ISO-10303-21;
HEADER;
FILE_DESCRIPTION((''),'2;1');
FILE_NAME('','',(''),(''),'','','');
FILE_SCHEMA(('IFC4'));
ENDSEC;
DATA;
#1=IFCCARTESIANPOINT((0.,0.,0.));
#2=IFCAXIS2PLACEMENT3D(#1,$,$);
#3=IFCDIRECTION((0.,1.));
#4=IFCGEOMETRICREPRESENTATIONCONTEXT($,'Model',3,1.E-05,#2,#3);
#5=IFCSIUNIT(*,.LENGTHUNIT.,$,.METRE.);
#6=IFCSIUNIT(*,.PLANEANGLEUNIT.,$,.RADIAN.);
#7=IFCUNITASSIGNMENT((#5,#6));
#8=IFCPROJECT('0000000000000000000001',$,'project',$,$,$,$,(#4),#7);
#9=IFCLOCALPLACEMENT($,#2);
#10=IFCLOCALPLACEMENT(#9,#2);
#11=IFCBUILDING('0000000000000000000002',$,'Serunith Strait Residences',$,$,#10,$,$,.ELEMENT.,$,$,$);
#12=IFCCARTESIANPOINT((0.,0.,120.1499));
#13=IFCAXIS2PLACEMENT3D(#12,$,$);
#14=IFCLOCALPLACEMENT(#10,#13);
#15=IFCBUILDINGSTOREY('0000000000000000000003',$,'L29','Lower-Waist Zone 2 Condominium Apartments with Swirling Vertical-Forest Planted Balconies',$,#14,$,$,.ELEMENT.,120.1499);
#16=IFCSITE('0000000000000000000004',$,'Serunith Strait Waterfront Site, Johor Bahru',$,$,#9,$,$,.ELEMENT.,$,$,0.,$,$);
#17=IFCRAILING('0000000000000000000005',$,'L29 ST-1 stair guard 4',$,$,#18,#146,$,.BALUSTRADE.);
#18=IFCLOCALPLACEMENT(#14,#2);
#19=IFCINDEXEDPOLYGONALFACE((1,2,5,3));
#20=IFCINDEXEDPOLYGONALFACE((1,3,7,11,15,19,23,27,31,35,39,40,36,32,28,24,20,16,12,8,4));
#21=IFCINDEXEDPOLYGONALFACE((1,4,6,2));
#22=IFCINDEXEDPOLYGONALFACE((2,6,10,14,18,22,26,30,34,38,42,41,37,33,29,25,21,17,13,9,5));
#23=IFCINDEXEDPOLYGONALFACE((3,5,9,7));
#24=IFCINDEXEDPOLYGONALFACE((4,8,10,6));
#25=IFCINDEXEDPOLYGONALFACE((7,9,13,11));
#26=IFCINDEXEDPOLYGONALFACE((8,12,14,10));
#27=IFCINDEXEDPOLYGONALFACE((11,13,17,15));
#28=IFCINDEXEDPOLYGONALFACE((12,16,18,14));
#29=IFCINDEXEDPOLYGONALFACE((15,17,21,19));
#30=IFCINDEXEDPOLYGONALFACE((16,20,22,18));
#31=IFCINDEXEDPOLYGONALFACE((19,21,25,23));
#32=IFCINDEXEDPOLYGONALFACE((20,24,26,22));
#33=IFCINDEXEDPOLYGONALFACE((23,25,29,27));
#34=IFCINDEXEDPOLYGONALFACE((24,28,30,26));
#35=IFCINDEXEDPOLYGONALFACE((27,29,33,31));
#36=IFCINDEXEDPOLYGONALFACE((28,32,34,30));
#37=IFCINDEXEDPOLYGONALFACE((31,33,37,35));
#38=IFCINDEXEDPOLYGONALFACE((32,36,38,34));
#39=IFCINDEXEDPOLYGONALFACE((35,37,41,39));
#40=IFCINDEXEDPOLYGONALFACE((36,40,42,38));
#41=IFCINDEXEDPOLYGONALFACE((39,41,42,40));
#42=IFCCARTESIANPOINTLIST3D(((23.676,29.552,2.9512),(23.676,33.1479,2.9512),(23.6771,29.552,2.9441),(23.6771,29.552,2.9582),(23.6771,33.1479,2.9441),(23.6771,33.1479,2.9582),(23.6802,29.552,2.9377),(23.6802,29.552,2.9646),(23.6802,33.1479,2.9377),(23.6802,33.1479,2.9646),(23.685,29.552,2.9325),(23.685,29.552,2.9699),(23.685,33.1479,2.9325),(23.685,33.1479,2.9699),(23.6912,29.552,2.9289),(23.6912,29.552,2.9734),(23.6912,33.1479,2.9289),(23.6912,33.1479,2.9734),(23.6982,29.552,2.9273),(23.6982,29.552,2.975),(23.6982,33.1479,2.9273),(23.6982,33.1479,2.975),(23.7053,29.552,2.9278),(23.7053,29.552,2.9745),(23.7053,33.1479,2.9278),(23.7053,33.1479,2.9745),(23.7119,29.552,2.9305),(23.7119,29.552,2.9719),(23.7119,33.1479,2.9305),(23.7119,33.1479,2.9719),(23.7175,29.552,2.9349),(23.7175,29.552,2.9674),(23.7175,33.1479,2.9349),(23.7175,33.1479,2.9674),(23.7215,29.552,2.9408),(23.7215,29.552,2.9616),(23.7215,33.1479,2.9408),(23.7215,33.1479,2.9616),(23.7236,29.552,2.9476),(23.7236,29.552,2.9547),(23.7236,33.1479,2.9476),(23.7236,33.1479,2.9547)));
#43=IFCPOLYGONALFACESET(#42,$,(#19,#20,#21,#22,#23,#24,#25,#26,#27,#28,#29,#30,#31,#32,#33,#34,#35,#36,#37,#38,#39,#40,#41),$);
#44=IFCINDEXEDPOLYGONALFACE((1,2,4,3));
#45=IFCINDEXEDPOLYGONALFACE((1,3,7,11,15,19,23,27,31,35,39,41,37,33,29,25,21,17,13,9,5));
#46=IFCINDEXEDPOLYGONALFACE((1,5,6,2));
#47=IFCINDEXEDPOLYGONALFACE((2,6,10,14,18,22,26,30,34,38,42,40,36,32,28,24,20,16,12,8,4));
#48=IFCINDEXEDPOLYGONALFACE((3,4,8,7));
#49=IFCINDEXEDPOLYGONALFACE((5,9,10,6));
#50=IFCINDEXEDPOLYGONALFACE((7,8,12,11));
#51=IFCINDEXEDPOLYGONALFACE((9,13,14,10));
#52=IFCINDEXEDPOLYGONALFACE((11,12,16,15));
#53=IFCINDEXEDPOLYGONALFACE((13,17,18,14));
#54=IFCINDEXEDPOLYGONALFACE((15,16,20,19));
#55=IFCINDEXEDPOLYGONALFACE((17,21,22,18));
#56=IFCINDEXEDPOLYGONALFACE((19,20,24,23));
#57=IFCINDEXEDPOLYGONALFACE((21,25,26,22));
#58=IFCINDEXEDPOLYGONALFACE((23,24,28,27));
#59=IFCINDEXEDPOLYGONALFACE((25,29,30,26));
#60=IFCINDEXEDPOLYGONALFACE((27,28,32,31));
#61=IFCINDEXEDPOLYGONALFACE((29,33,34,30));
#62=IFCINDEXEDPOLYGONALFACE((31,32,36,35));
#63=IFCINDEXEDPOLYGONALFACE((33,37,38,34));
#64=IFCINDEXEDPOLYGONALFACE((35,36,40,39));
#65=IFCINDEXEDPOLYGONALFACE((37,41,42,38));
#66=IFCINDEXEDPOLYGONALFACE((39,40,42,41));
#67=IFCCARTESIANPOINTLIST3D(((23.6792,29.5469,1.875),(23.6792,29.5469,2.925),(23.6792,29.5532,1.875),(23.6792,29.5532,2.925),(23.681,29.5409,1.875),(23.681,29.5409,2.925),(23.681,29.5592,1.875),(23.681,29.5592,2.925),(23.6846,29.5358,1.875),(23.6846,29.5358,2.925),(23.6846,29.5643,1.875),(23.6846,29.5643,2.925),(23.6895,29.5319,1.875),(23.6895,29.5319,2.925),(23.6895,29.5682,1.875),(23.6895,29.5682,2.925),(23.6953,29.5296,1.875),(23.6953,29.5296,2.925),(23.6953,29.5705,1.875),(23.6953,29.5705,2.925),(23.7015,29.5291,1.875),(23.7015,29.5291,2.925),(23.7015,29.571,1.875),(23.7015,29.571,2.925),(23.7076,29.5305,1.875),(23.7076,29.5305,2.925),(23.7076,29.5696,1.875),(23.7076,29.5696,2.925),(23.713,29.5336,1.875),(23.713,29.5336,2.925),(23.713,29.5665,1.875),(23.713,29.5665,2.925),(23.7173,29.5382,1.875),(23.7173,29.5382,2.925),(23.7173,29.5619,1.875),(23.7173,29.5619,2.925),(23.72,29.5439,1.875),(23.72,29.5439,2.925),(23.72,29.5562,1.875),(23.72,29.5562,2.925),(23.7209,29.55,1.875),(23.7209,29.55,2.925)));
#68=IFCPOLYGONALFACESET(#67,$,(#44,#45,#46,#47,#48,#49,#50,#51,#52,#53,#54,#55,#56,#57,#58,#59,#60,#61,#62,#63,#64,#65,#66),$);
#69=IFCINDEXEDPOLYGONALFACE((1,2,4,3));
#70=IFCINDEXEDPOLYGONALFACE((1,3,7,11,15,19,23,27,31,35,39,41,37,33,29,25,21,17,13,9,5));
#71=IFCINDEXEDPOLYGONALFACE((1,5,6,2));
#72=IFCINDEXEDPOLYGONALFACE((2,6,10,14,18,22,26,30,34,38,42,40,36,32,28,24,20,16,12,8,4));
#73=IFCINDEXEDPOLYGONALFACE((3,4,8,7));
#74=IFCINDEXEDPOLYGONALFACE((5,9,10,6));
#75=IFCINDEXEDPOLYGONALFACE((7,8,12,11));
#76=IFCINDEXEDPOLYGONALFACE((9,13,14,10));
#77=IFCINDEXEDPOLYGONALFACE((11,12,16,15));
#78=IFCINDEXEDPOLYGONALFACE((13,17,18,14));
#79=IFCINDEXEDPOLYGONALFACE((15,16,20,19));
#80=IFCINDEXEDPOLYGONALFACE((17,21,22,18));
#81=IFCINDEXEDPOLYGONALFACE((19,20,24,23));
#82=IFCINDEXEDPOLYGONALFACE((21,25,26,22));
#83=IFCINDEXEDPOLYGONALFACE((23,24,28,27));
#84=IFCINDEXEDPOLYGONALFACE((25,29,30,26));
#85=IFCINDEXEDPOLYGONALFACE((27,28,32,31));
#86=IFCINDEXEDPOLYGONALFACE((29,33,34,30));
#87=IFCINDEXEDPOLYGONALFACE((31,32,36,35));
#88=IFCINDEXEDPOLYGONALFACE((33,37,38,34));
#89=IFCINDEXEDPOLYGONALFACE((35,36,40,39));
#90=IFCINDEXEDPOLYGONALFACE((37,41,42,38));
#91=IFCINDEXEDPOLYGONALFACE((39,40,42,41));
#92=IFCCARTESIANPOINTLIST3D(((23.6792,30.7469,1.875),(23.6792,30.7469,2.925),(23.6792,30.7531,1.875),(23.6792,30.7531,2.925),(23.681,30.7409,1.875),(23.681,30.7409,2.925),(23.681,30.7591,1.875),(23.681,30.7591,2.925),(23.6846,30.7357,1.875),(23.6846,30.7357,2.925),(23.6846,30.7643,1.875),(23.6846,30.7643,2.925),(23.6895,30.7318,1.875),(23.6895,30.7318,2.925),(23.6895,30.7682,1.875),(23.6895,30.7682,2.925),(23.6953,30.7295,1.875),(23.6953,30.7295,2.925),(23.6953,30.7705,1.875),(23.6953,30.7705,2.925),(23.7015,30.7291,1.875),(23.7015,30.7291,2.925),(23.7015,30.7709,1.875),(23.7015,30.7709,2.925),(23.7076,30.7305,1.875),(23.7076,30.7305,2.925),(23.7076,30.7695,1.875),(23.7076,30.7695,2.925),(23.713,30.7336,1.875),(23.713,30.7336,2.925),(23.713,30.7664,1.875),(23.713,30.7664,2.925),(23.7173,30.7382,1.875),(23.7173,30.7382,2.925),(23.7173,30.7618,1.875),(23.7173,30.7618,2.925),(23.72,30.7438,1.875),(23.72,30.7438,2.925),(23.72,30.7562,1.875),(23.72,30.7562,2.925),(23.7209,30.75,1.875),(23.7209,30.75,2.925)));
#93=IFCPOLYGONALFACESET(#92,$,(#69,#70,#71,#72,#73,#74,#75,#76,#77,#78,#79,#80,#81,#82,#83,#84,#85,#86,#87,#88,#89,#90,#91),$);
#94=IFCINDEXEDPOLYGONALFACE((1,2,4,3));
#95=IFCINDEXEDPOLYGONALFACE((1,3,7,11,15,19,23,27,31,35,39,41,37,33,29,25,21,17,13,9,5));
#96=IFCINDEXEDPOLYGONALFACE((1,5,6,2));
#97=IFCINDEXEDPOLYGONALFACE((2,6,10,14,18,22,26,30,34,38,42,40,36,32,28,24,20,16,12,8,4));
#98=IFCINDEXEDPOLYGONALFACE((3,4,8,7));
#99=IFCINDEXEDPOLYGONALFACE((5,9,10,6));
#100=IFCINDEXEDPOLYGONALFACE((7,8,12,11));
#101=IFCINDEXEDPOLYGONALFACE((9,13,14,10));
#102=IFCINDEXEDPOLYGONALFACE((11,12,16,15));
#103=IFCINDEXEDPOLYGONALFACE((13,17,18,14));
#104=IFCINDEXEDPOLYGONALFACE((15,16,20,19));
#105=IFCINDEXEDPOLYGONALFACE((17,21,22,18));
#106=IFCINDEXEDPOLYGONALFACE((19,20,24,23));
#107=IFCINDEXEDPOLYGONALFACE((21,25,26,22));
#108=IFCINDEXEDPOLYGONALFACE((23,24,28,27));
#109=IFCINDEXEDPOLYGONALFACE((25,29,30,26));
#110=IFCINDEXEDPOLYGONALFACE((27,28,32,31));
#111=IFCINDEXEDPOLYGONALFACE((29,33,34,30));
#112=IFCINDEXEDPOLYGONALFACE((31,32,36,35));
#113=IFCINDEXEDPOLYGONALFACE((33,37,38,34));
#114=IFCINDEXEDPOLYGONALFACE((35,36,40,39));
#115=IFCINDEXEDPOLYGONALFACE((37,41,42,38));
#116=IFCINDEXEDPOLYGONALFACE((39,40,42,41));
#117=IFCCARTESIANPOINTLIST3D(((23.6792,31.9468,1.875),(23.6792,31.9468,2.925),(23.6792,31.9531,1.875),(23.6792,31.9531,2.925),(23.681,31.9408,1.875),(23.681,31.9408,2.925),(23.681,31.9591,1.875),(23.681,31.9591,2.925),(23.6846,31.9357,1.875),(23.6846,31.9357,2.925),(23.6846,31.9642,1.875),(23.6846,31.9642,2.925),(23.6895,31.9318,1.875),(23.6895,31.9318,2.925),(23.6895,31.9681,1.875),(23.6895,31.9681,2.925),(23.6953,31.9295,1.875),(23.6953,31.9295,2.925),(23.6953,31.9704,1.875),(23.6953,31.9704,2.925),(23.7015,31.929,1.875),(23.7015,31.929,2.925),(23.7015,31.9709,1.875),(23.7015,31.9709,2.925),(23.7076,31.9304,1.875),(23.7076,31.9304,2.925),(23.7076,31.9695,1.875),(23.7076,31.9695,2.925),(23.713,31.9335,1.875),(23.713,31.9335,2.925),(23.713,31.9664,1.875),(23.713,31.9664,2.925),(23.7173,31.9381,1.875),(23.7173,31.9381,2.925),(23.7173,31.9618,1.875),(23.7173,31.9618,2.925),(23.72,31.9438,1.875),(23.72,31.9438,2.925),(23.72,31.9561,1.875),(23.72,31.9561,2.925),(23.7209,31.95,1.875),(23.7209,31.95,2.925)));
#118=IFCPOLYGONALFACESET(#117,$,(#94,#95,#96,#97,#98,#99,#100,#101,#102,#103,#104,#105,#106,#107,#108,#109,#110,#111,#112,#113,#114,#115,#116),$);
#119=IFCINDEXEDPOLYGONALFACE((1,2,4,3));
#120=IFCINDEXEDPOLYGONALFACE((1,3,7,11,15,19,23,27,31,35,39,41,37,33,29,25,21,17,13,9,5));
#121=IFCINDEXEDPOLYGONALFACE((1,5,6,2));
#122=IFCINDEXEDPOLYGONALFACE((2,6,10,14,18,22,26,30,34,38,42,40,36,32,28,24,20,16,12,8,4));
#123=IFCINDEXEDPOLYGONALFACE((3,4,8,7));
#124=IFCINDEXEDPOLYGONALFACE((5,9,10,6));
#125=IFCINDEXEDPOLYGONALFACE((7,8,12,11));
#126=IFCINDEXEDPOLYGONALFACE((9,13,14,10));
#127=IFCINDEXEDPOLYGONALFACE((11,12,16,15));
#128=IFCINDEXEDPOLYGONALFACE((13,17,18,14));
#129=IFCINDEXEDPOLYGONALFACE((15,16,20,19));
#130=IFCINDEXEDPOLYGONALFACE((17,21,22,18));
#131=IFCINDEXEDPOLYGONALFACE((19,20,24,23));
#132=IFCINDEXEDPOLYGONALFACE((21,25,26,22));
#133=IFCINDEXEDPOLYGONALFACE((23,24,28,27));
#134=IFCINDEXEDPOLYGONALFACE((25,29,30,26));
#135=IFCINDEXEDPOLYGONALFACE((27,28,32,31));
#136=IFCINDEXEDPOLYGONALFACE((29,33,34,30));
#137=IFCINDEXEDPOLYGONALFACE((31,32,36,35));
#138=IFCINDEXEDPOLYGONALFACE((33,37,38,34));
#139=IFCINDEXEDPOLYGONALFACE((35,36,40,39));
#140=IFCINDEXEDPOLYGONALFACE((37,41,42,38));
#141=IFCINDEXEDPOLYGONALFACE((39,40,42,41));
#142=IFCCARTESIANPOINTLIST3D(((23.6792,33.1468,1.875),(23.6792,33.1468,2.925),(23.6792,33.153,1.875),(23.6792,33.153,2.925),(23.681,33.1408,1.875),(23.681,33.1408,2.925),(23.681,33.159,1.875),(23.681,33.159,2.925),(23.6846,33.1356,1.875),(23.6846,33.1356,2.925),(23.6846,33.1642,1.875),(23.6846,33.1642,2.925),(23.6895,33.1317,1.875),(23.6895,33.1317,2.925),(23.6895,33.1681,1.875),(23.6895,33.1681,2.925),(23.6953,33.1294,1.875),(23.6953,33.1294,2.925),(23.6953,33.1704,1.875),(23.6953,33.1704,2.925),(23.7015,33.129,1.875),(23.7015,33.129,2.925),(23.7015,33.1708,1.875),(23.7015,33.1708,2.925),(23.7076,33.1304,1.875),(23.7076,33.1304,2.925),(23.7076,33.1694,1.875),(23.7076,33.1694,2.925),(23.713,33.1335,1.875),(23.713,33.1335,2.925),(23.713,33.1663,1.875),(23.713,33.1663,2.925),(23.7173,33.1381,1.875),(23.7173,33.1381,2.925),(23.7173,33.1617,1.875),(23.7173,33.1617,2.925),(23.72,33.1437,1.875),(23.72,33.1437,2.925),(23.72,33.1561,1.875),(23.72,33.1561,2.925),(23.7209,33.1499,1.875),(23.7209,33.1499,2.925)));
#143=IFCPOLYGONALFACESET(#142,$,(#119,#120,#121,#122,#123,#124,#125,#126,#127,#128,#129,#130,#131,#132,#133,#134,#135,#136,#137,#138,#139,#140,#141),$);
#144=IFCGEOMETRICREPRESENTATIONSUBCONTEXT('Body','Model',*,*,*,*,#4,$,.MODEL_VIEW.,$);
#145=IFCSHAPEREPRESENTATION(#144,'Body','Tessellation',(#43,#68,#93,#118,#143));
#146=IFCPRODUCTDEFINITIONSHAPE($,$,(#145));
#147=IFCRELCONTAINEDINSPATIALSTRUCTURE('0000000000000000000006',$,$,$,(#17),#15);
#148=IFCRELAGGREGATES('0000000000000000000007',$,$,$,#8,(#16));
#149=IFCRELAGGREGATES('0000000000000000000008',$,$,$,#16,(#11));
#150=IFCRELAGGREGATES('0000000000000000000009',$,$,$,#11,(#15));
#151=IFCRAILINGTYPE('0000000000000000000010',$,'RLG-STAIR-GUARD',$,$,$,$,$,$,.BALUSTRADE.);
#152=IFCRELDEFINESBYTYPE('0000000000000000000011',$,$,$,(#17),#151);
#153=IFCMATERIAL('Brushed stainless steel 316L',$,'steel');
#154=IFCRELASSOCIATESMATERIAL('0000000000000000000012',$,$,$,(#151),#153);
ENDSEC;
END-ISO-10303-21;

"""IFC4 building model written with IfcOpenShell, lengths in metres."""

from ifc_helpers import new_model, si_unit, direction, frame, origin, origin_2d, place, context, subcontext, project, spatial, circle, extrude, material, type_object, element, save


model = new_model("IFC4")

# Units and contexts
model_context = context("Model", 3, precision=1e-05, world=origin(), true_north=direction((0.0, 1.0)))
body_context = subcontext(model_context, "Body", "Model", "MODEL_VIEW")
ifc_project = project(units=[si_unit("LENGTHUNIT", "METRE"), si_unit("PLANEANGLEUNIT", "RADIAN")], contexts=[model_context])

# Site, building, storey
site_placement = place(None, origin())
site = spatial("IfcSite", under=ifc_project, at=site_placement, Name="Serunith Strait Waterfront Site, Johor Bahru", CompositionType="ELEMENT", RefElevation=0.0)
building_placement = place(site_placement, origin())
building = spatial("IfcBuilding", under=site, at=building_placement, Name="Serunith Strait Residences", CompositionType="ELEMENT")
storey_placement = place(building_placement, frame((0.0, 0.0, 120.1499)))
storey = spatial("IfcBuildingStorey", under=building, at=storey_placement, Name="L29", Description="Lower-Waist Zone 2 Condominium Apartments with Swirling Vertical-Forest Planted Balconies", CompositionType="ELEMENT", Elevation=120.1499)

# Railing
ifc_material_1 = material(Name="Brushed stainless steel 316L", Category="steel")
railing_type_1 = type_object("IfcRailingType", Name="RLG-STAIR-GUARD", PredefinedType="BALUSTRADE", material=ifc_material_1)
for number, where, name in (
    (1, (23.7, 29.55, 1.875), "L29 ST-1 stair guard 4"),
):
    element("IfcRailing", number, at=place(storey_placement, frame(where)), inside=storey, type_object=railing_type_1, Name=name, PredefinedType="BALUSTRADE", context=body_context, shape_type="SweptSolid", body=[
        extrude(circle(Radius=0.0239, at=origin_2d()), frame((0.0, 0.002, 1.0762), z_axis=(0.0, 1.0, 0.0), x_axis=(-1.0, 0.0, 0.0)), (0.0, 0.0, 1.0), 3.5959),
        extrude(circle(Radius=0.021, at=origin_2d()), origin(), (0.0, 0.0, 1.0), 1.05),
        extrude(circle(Radius=0.021, at=origin_2d()), frame((0.0, 1.2, 0.0)), (0.0, 0.0, 1.0), 1.05),
        extrude(circle(Radius=0.021, at=origin_2d()), frame((0.0, 2.3999, 0.0)), (0.0, 0.0, 1.0), 1.05),
        extrude(circle(Radius=0.021, at=origin_2d()), frame((0.0, 3.5999, 0.0)), (0.0, 0.0, 1.0), 1.05),
    ])

save(model, "model.ifc")
